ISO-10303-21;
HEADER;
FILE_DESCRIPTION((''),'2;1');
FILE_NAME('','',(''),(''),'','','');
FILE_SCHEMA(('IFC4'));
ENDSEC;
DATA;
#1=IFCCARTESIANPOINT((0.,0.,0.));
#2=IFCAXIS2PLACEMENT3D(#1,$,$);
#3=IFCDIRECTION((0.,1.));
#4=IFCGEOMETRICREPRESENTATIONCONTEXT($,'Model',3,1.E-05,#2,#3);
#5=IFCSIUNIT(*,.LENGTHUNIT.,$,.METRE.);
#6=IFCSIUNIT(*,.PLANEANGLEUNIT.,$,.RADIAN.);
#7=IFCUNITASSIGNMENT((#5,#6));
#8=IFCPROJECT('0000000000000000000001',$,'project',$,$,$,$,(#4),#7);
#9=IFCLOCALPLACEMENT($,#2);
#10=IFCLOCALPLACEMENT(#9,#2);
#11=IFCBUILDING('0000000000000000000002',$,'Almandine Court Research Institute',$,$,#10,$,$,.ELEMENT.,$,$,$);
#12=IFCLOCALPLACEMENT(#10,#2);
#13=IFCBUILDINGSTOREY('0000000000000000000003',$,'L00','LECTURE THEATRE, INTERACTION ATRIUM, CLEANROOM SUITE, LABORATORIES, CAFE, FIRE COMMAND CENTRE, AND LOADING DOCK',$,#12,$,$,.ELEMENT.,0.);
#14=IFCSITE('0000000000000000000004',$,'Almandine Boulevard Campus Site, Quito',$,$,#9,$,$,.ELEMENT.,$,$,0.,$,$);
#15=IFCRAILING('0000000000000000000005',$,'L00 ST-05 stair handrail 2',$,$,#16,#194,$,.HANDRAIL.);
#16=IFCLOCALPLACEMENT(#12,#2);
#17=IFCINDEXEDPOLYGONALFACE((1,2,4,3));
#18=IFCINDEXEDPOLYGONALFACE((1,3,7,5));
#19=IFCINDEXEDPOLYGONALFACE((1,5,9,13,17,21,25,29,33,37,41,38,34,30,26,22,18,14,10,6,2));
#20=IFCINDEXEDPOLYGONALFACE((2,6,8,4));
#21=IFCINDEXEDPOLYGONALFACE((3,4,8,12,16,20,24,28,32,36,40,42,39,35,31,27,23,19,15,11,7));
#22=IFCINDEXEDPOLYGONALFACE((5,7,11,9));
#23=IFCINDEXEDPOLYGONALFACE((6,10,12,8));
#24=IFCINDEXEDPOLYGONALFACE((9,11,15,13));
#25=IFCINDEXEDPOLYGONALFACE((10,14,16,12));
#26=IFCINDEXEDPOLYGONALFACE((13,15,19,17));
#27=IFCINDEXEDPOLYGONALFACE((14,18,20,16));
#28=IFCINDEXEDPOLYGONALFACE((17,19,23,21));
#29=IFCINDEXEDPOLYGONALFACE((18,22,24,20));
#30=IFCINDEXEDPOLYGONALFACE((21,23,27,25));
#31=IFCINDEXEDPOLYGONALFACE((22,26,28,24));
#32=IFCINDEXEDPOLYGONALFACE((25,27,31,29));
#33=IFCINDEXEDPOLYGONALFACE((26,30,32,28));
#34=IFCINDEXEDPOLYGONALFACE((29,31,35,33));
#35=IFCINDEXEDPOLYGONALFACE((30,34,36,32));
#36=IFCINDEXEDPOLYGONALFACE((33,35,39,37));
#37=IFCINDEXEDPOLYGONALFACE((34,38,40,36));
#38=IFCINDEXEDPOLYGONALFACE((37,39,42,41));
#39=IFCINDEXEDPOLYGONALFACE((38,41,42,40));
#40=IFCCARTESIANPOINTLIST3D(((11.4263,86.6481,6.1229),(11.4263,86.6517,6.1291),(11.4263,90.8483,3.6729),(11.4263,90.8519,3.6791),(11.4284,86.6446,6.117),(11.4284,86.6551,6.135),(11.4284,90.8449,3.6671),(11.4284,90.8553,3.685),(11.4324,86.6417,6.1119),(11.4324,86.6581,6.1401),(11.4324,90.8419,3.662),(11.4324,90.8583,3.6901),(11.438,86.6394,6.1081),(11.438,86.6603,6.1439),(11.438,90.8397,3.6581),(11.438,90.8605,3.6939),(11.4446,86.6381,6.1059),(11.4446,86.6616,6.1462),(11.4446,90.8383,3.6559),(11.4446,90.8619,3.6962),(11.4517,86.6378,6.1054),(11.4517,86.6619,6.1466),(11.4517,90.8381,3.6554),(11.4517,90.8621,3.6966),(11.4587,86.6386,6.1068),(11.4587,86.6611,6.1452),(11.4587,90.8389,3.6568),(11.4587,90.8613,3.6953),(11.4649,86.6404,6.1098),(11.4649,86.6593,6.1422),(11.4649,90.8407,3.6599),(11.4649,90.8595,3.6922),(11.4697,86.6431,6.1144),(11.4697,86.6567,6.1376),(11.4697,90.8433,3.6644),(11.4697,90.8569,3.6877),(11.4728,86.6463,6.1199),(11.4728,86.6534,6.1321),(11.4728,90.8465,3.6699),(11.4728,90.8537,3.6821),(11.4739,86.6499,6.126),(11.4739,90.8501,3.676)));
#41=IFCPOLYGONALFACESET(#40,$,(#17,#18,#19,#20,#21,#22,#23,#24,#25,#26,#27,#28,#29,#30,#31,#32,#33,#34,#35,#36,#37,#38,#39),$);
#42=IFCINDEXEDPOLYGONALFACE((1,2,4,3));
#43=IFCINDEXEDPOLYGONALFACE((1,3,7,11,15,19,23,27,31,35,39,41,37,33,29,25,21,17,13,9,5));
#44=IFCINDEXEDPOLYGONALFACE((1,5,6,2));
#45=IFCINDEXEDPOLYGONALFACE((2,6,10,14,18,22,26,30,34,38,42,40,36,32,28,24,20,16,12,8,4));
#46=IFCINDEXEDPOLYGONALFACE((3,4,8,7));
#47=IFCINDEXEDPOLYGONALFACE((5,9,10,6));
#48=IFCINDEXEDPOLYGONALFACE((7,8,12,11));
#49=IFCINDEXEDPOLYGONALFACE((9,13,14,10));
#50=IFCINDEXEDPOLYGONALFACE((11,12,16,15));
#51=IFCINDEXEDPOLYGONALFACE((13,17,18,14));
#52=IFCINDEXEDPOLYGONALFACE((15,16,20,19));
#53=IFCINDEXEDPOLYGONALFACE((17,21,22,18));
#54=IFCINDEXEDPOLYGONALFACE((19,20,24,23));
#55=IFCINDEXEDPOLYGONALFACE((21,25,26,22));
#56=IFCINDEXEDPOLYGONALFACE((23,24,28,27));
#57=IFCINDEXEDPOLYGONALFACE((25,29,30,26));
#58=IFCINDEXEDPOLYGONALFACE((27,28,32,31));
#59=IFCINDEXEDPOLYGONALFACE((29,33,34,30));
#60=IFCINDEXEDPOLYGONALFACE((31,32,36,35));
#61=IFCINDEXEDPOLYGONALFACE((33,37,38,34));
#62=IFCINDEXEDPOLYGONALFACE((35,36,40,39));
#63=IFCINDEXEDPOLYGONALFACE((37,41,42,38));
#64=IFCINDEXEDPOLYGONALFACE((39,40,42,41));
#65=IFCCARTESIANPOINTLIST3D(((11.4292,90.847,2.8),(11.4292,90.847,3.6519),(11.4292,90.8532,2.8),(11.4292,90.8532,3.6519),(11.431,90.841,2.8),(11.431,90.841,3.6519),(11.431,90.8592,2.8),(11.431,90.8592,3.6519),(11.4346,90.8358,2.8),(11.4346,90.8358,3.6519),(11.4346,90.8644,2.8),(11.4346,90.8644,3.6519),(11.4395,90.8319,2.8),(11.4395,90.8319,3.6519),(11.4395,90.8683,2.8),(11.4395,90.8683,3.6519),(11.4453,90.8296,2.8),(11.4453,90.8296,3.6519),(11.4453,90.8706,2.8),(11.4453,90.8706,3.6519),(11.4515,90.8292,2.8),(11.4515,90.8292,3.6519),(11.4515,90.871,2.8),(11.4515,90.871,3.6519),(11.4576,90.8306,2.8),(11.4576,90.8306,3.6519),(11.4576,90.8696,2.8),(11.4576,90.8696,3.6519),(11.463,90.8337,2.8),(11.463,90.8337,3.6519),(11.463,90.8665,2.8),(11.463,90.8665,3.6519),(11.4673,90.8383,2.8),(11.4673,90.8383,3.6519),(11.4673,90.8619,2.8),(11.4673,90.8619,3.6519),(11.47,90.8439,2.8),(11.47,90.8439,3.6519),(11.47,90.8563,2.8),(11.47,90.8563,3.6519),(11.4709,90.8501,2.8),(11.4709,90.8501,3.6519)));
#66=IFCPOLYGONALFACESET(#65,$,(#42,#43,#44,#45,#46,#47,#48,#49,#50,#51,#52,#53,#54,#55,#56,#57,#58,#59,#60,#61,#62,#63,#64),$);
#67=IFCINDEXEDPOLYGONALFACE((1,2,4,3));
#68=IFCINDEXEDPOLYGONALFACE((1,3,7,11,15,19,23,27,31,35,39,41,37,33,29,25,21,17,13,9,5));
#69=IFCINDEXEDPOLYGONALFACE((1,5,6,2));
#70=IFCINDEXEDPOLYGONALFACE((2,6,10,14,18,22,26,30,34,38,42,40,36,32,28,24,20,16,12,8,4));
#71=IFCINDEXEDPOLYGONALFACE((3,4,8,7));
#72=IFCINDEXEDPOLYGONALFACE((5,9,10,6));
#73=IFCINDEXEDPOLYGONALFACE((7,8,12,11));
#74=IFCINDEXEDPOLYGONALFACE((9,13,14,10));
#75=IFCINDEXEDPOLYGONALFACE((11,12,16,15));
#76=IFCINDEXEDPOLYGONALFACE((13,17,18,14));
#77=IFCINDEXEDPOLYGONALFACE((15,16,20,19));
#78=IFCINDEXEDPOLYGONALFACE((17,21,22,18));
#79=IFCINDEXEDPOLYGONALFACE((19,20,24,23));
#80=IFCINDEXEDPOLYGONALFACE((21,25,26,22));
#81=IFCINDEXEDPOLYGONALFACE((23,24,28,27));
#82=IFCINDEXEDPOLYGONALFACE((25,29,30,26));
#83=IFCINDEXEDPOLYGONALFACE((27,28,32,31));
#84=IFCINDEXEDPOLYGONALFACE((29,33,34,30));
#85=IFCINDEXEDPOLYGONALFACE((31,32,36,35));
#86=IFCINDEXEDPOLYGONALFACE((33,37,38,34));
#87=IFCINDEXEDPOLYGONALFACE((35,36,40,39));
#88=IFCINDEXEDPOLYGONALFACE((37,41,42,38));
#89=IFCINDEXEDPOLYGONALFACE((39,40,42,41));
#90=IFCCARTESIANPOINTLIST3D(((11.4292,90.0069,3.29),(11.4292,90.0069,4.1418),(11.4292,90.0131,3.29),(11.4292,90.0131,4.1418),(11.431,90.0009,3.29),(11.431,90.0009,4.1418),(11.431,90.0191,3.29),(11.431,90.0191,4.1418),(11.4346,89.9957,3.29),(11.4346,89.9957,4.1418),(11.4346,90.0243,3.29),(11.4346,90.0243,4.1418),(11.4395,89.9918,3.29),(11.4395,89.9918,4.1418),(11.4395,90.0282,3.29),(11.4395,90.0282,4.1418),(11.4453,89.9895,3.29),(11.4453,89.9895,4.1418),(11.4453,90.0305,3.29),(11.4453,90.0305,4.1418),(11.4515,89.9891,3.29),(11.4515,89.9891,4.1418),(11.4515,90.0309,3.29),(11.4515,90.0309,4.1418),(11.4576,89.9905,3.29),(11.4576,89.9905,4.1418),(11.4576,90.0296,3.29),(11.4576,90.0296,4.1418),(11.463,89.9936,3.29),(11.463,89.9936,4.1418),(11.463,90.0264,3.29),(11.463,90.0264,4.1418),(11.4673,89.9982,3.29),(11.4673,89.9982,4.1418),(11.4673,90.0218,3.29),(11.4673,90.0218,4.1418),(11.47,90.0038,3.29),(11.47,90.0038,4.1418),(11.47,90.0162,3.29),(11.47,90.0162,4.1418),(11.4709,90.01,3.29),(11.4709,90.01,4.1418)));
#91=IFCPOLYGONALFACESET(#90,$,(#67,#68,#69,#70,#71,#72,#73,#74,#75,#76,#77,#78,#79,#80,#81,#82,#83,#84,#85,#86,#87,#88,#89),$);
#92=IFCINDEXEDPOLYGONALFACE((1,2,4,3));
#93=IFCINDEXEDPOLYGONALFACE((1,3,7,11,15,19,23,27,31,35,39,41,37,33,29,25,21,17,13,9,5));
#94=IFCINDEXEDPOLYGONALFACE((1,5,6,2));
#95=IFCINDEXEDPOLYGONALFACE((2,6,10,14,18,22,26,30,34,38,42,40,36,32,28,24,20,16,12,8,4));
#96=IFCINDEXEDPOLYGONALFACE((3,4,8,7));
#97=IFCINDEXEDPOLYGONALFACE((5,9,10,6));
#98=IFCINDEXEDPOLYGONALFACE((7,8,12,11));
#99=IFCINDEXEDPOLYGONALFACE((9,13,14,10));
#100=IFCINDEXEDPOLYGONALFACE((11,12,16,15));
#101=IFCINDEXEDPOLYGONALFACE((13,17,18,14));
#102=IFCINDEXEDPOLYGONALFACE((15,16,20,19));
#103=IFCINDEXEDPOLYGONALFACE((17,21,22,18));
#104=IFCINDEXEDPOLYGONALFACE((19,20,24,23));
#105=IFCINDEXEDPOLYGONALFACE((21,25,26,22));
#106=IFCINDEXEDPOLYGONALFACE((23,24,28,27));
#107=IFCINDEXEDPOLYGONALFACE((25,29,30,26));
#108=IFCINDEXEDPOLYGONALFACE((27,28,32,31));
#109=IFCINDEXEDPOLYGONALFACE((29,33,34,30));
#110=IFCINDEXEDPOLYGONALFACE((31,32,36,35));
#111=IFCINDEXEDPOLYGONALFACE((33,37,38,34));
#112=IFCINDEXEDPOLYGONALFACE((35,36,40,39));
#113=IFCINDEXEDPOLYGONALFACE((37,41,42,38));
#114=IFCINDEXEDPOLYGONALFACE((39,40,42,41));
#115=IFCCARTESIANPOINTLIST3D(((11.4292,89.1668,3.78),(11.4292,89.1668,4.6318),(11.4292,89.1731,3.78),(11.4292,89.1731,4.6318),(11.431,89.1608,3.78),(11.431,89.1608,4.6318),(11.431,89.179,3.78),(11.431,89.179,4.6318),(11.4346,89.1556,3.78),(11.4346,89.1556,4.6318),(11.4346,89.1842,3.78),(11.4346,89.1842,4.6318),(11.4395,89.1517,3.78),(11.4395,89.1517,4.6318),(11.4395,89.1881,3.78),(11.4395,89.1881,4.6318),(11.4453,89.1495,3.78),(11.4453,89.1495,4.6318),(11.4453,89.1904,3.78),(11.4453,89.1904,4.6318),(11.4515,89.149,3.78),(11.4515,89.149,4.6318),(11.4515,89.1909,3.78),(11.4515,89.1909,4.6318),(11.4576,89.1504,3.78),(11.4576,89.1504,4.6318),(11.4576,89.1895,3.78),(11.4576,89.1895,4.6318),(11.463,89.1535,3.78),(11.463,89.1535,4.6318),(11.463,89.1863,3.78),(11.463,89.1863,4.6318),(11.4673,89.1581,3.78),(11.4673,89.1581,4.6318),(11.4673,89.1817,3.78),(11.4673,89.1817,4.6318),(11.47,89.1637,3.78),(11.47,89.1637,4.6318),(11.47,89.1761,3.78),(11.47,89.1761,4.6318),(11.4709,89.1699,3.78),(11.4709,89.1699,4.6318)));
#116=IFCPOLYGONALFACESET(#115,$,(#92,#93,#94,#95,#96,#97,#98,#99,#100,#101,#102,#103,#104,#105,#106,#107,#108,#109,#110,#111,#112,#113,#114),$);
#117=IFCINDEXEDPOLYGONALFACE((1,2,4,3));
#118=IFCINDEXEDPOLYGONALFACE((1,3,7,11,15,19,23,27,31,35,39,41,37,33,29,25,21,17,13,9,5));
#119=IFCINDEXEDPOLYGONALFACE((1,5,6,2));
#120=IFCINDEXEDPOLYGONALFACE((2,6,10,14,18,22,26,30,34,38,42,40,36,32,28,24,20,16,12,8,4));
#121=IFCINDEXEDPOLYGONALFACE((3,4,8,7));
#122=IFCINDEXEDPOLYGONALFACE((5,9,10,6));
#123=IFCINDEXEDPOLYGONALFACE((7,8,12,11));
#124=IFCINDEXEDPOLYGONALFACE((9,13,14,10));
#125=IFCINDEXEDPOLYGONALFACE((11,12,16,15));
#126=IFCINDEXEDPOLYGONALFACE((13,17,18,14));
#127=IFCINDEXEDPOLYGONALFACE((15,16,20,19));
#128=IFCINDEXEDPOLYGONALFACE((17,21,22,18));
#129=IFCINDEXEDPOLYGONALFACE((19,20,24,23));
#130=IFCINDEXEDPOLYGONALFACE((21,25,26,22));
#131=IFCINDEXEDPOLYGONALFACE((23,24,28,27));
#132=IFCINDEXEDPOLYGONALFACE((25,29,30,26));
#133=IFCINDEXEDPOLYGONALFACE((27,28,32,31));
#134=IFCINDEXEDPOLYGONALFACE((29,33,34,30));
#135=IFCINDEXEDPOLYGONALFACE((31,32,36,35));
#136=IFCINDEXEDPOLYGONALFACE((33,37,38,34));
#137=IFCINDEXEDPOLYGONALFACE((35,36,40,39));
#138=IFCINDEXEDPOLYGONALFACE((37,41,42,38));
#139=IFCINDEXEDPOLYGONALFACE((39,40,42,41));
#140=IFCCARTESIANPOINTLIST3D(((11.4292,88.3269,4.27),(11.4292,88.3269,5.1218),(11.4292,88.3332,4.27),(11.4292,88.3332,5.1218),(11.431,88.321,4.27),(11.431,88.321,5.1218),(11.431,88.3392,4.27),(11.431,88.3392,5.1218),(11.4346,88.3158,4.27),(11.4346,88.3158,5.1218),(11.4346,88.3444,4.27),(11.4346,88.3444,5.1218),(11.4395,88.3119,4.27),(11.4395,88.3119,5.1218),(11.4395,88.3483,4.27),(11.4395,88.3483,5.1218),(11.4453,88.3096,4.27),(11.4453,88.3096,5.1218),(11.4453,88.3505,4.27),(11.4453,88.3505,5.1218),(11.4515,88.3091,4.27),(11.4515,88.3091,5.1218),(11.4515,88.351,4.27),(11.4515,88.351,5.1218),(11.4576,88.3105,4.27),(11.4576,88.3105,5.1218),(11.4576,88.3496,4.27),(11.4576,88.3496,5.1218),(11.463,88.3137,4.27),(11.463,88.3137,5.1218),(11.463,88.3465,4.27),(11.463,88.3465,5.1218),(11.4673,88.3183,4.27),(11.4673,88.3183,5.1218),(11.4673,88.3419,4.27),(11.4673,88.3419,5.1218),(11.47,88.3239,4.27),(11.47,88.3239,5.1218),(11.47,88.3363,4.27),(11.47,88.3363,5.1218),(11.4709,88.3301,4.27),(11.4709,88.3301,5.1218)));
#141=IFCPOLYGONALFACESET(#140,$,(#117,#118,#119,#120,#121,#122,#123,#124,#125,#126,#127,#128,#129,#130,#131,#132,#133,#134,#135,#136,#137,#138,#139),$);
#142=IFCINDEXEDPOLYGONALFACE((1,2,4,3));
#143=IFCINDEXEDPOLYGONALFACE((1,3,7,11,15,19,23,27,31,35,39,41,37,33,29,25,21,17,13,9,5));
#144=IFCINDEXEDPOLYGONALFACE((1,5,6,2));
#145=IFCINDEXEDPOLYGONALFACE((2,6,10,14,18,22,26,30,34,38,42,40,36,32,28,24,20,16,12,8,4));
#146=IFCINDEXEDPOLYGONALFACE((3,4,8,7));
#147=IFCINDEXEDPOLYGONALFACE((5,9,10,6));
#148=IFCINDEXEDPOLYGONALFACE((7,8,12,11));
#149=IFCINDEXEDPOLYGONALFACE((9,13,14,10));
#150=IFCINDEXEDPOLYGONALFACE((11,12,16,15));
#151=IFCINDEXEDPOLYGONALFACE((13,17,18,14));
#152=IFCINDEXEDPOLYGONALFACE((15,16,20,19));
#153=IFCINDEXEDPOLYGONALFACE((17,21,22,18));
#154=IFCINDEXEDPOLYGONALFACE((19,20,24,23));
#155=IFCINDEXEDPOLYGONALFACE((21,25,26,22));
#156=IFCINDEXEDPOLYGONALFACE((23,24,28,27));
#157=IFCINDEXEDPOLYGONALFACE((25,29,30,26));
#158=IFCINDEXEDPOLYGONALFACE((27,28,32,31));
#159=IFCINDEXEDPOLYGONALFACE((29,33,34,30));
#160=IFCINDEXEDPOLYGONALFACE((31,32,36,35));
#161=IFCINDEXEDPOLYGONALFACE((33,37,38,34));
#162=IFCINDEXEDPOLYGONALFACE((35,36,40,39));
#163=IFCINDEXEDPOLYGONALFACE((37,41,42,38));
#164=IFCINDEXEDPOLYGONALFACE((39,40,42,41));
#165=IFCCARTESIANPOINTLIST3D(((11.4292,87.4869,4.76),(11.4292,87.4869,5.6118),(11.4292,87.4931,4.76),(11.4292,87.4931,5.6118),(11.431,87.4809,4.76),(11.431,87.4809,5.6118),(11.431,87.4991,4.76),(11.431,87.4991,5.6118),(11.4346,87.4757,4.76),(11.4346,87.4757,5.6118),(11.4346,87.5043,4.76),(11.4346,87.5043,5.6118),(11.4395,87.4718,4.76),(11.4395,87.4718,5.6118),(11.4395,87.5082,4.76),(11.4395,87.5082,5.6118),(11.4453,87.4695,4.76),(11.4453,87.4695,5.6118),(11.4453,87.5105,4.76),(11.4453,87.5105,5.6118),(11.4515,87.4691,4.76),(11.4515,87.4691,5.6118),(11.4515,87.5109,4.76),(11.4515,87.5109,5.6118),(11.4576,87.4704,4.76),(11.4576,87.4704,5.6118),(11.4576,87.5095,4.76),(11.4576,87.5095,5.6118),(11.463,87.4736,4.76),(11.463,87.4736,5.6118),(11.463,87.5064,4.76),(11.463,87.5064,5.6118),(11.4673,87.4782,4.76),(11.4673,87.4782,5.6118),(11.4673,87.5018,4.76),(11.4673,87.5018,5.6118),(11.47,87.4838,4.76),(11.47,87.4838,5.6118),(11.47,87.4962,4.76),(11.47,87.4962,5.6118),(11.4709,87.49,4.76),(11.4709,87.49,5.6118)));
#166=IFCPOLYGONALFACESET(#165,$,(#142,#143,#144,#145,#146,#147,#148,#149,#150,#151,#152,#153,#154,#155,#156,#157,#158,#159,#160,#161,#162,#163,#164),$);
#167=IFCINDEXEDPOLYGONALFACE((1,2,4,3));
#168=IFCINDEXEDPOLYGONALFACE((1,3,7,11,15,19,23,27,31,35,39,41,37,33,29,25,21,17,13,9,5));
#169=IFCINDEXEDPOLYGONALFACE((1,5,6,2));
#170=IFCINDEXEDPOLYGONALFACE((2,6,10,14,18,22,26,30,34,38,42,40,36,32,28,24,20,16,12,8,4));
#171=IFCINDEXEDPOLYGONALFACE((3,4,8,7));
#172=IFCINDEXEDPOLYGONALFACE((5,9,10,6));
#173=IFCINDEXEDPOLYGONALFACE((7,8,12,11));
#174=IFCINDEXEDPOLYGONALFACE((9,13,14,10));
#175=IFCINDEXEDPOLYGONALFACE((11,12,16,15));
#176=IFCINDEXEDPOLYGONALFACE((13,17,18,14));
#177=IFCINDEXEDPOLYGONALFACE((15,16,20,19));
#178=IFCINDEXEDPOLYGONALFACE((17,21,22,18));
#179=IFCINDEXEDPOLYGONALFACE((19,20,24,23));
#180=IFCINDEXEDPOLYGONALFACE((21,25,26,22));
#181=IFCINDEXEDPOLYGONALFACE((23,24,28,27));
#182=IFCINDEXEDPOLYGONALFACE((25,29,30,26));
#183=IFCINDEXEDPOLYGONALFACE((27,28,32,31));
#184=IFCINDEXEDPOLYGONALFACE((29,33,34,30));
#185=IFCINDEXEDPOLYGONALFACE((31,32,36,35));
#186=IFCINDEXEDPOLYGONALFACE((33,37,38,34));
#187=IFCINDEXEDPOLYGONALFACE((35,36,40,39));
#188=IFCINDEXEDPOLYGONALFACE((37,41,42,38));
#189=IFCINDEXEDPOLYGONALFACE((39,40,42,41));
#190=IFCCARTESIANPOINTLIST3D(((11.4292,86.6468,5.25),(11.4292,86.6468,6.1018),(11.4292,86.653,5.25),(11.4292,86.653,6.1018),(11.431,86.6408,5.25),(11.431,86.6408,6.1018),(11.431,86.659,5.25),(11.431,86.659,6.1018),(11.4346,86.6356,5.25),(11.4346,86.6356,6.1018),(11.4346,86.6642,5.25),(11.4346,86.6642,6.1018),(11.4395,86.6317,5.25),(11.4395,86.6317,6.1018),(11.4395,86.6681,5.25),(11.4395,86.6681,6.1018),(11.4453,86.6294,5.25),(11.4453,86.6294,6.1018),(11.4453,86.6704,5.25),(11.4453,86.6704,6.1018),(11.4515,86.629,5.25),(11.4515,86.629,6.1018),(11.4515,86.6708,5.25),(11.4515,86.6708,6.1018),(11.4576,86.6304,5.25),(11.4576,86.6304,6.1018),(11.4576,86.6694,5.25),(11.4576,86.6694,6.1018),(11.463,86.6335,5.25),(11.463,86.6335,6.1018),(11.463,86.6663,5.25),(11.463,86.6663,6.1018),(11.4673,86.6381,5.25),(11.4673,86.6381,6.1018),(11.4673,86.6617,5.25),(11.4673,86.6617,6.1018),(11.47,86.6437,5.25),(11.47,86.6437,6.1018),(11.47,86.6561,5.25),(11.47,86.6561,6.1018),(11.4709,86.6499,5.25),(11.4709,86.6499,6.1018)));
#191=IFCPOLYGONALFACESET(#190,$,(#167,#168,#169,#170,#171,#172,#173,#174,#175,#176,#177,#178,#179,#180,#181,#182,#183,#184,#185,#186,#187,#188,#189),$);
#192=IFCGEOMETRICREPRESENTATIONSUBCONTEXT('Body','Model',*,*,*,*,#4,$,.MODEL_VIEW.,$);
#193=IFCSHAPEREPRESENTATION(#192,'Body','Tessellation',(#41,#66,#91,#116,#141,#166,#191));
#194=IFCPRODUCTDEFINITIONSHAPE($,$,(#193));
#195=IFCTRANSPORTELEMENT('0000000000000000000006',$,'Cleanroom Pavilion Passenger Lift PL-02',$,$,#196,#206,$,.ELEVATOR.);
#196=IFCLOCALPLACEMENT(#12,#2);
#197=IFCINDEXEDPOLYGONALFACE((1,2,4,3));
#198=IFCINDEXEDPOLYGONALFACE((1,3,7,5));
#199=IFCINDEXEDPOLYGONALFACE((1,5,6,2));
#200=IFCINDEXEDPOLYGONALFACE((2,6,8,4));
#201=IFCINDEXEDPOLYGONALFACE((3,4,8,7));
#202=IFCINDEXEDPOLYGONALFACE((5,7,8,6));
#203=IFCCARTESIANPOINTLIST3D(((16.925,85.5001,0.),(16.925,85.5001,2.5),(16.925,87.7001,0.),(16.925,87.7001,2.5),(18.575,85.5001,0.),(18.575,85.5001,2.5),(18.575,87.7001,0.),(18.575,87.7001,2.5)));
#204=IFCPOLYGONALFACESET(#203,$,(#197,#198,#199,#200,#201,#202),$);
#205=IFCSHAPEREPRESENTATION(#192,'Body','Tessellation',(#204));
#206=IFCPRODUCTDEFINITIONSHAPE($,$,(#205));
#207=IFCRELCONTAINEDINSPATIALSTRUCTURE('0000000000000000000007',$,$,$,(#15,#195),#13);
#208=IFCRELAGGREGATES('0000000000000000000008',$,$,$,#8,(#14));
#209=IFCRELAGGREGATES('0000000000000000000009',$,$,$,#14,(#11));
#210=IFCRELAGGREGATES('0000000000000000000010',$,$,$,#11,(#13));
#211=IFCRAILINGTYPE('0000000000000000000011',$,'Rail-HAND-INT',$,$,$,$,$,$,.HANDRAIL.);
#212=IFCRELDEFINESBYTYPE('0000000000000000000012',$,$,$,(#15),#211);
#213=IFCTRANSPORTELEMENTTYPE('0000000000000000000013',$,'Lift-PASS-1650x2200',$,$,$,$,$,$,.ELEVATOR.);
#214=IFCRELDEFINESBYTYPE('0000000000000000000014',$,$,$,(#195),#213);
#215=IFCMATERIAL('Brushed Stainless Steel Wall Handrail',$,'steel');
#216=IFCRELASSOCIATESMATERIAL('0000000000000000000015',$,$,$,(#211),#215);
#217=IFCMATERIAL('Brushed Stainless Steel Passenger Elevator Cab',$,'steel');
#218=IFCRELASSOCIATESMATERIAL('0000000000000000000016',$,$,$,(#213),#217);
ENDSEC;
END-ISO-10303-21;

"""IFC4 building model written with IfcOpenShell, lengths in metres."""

from ifc_helpers import new_model, si_unit, direction, frame, origin, origin_2d, place, context, subcontext, project, spatial, rectangle, circle, extrude, material, type_object, element, save


model = new_model("IFC4")

# Units and contexts
model_context = context("Model", 3, precision=1e-05, world=origin(), true_north=direction((0.0, 1.0)))
body_context = subcontext(model_context, "Body", "Model", "MODEL_VIEW")
ifc_project = project(units=[si_unit("LENGTHUNIT", "METRE"), si_unit("PLANEANGLEUNIT", "RADIAN")], contexts=[model_context])

# Site, building, storey
site_placement = place(None, origin())
site = spatial("IfcSite", under=ifc_project, at=site_placement, Name="Almandine Boulevard Campus Site, Quito", CompositionType="ELEMENT", RefElevation=0.0)
building_placement = place(site_placement, origin())
building = spatial("IfcBuilding", under=site, at=building_placement, Name="Almandine Court Research Institute", CompositionType="ELEMENT")
storey_placement = place(building_placement, origin())
storey = spatial("IfcBuildingStorey", under=building, at=storey_placement, Name="L00", Description="LECTURE THEATRE, INTERACTION ATRIUM, CLEANROOM SUITE, LABORATORIES, CAFE, FIRE COMMAND CENTRE, AND LOADING DOCK", CompositionType="ELEMENT", Elevation=0.0)

# Railing
ifc_material_1 = material(Name="Brushed Stainless Steel Wall Handrail", Category="steel")
railing_type_1 = type_object("IfcRailingType", Name="Rail-HAND-INT", PredefinedType="HANDRAIL", material=ifc_material_1)
railing_1_placement = place(storey_placement, frame((11.45, 90.8501, 2.8)))
element("IfcRailing", 1, at=railing_1_placement, inside=storey, type_object=railing_type_1, Name="L00 ST-05 stair handrail 2", PredefinedType="HANDRAIL", context=body_context, shape_type="SweptSolid", body=[
    extrude(circle(Radius=0.0239, at=origin_2d()), frame((0.0, 0.0, 0.876), z_axis=(0.0, -0.863793, 0.503846), x_axis=(1.0, 0.0, 0.0)), (0.0, 0.0, 1.0), 4.8625),
    extrude(circle(Radius=0.021, at=origin_2d()), origin(), (0.0, 0.0, 1.0), 0.8518),
    extrude(circle(Radius=0.021, at=origin_2d()), frame((0.0, -0.8401, 0.49)), (0.0, 0.0, 1.0), 0.8518),
    extrude(circle(Radius=0.021, at=origin_2d()), frame((0.0, -1.6802, 0.98)), (0.0, 0.0, 1.0), 0.8518),
    extrude(circle(Radius=0.021, at=origin_2d()), frame((0.0, -2.52, 1.47)), (0.0, 0.0, 1.0), 0.8518),
    extrude(circle(Radius=0.021, at=origin_2d()), frame((0.0, -3.3601, 1.96)), (0.0, 0.0, 1.0), 0.8518),
    extrude(circle(Radius=0.021, at=origin_2d()), frame((0.0, -4.2002, 2.45)), (0.0, 0.0, 1.0), 0.8518),
])

# Transport element
ifc_material_2 = material(Name="Brushed Stainless Steel Passenger Elevator Cab", Category="steel")
transport_element_type = type_object("IfcTransportElementType", Name="Lift-PASS-1650x2200", PredefinedType="ELEVATOR", material=ifc_material_2)
transport_element_placement = place(storey_placement, frame((17.75, 86.6001, 0.0), z_axis=(0.0, 0.0, 1.0), x_axis=(1.0, 0.0, 0.0)))
element("IfcTransportElement", 2, at=transport_element_placement, inside=storey, type_object=transport_element_type, Name="Cleanroom Pavilion Passenger Lift PL-02", PredefinedType="ELEVATOR", context=body_context, shape_type="SweptSolid", body=[
    extrude(rectangle(XDim=1.6499, YDim=2.2, at=origin_2d()), origin(), (0.0, 0.0, 1.0), 2.5),
])

save(model, "model.ifc")
